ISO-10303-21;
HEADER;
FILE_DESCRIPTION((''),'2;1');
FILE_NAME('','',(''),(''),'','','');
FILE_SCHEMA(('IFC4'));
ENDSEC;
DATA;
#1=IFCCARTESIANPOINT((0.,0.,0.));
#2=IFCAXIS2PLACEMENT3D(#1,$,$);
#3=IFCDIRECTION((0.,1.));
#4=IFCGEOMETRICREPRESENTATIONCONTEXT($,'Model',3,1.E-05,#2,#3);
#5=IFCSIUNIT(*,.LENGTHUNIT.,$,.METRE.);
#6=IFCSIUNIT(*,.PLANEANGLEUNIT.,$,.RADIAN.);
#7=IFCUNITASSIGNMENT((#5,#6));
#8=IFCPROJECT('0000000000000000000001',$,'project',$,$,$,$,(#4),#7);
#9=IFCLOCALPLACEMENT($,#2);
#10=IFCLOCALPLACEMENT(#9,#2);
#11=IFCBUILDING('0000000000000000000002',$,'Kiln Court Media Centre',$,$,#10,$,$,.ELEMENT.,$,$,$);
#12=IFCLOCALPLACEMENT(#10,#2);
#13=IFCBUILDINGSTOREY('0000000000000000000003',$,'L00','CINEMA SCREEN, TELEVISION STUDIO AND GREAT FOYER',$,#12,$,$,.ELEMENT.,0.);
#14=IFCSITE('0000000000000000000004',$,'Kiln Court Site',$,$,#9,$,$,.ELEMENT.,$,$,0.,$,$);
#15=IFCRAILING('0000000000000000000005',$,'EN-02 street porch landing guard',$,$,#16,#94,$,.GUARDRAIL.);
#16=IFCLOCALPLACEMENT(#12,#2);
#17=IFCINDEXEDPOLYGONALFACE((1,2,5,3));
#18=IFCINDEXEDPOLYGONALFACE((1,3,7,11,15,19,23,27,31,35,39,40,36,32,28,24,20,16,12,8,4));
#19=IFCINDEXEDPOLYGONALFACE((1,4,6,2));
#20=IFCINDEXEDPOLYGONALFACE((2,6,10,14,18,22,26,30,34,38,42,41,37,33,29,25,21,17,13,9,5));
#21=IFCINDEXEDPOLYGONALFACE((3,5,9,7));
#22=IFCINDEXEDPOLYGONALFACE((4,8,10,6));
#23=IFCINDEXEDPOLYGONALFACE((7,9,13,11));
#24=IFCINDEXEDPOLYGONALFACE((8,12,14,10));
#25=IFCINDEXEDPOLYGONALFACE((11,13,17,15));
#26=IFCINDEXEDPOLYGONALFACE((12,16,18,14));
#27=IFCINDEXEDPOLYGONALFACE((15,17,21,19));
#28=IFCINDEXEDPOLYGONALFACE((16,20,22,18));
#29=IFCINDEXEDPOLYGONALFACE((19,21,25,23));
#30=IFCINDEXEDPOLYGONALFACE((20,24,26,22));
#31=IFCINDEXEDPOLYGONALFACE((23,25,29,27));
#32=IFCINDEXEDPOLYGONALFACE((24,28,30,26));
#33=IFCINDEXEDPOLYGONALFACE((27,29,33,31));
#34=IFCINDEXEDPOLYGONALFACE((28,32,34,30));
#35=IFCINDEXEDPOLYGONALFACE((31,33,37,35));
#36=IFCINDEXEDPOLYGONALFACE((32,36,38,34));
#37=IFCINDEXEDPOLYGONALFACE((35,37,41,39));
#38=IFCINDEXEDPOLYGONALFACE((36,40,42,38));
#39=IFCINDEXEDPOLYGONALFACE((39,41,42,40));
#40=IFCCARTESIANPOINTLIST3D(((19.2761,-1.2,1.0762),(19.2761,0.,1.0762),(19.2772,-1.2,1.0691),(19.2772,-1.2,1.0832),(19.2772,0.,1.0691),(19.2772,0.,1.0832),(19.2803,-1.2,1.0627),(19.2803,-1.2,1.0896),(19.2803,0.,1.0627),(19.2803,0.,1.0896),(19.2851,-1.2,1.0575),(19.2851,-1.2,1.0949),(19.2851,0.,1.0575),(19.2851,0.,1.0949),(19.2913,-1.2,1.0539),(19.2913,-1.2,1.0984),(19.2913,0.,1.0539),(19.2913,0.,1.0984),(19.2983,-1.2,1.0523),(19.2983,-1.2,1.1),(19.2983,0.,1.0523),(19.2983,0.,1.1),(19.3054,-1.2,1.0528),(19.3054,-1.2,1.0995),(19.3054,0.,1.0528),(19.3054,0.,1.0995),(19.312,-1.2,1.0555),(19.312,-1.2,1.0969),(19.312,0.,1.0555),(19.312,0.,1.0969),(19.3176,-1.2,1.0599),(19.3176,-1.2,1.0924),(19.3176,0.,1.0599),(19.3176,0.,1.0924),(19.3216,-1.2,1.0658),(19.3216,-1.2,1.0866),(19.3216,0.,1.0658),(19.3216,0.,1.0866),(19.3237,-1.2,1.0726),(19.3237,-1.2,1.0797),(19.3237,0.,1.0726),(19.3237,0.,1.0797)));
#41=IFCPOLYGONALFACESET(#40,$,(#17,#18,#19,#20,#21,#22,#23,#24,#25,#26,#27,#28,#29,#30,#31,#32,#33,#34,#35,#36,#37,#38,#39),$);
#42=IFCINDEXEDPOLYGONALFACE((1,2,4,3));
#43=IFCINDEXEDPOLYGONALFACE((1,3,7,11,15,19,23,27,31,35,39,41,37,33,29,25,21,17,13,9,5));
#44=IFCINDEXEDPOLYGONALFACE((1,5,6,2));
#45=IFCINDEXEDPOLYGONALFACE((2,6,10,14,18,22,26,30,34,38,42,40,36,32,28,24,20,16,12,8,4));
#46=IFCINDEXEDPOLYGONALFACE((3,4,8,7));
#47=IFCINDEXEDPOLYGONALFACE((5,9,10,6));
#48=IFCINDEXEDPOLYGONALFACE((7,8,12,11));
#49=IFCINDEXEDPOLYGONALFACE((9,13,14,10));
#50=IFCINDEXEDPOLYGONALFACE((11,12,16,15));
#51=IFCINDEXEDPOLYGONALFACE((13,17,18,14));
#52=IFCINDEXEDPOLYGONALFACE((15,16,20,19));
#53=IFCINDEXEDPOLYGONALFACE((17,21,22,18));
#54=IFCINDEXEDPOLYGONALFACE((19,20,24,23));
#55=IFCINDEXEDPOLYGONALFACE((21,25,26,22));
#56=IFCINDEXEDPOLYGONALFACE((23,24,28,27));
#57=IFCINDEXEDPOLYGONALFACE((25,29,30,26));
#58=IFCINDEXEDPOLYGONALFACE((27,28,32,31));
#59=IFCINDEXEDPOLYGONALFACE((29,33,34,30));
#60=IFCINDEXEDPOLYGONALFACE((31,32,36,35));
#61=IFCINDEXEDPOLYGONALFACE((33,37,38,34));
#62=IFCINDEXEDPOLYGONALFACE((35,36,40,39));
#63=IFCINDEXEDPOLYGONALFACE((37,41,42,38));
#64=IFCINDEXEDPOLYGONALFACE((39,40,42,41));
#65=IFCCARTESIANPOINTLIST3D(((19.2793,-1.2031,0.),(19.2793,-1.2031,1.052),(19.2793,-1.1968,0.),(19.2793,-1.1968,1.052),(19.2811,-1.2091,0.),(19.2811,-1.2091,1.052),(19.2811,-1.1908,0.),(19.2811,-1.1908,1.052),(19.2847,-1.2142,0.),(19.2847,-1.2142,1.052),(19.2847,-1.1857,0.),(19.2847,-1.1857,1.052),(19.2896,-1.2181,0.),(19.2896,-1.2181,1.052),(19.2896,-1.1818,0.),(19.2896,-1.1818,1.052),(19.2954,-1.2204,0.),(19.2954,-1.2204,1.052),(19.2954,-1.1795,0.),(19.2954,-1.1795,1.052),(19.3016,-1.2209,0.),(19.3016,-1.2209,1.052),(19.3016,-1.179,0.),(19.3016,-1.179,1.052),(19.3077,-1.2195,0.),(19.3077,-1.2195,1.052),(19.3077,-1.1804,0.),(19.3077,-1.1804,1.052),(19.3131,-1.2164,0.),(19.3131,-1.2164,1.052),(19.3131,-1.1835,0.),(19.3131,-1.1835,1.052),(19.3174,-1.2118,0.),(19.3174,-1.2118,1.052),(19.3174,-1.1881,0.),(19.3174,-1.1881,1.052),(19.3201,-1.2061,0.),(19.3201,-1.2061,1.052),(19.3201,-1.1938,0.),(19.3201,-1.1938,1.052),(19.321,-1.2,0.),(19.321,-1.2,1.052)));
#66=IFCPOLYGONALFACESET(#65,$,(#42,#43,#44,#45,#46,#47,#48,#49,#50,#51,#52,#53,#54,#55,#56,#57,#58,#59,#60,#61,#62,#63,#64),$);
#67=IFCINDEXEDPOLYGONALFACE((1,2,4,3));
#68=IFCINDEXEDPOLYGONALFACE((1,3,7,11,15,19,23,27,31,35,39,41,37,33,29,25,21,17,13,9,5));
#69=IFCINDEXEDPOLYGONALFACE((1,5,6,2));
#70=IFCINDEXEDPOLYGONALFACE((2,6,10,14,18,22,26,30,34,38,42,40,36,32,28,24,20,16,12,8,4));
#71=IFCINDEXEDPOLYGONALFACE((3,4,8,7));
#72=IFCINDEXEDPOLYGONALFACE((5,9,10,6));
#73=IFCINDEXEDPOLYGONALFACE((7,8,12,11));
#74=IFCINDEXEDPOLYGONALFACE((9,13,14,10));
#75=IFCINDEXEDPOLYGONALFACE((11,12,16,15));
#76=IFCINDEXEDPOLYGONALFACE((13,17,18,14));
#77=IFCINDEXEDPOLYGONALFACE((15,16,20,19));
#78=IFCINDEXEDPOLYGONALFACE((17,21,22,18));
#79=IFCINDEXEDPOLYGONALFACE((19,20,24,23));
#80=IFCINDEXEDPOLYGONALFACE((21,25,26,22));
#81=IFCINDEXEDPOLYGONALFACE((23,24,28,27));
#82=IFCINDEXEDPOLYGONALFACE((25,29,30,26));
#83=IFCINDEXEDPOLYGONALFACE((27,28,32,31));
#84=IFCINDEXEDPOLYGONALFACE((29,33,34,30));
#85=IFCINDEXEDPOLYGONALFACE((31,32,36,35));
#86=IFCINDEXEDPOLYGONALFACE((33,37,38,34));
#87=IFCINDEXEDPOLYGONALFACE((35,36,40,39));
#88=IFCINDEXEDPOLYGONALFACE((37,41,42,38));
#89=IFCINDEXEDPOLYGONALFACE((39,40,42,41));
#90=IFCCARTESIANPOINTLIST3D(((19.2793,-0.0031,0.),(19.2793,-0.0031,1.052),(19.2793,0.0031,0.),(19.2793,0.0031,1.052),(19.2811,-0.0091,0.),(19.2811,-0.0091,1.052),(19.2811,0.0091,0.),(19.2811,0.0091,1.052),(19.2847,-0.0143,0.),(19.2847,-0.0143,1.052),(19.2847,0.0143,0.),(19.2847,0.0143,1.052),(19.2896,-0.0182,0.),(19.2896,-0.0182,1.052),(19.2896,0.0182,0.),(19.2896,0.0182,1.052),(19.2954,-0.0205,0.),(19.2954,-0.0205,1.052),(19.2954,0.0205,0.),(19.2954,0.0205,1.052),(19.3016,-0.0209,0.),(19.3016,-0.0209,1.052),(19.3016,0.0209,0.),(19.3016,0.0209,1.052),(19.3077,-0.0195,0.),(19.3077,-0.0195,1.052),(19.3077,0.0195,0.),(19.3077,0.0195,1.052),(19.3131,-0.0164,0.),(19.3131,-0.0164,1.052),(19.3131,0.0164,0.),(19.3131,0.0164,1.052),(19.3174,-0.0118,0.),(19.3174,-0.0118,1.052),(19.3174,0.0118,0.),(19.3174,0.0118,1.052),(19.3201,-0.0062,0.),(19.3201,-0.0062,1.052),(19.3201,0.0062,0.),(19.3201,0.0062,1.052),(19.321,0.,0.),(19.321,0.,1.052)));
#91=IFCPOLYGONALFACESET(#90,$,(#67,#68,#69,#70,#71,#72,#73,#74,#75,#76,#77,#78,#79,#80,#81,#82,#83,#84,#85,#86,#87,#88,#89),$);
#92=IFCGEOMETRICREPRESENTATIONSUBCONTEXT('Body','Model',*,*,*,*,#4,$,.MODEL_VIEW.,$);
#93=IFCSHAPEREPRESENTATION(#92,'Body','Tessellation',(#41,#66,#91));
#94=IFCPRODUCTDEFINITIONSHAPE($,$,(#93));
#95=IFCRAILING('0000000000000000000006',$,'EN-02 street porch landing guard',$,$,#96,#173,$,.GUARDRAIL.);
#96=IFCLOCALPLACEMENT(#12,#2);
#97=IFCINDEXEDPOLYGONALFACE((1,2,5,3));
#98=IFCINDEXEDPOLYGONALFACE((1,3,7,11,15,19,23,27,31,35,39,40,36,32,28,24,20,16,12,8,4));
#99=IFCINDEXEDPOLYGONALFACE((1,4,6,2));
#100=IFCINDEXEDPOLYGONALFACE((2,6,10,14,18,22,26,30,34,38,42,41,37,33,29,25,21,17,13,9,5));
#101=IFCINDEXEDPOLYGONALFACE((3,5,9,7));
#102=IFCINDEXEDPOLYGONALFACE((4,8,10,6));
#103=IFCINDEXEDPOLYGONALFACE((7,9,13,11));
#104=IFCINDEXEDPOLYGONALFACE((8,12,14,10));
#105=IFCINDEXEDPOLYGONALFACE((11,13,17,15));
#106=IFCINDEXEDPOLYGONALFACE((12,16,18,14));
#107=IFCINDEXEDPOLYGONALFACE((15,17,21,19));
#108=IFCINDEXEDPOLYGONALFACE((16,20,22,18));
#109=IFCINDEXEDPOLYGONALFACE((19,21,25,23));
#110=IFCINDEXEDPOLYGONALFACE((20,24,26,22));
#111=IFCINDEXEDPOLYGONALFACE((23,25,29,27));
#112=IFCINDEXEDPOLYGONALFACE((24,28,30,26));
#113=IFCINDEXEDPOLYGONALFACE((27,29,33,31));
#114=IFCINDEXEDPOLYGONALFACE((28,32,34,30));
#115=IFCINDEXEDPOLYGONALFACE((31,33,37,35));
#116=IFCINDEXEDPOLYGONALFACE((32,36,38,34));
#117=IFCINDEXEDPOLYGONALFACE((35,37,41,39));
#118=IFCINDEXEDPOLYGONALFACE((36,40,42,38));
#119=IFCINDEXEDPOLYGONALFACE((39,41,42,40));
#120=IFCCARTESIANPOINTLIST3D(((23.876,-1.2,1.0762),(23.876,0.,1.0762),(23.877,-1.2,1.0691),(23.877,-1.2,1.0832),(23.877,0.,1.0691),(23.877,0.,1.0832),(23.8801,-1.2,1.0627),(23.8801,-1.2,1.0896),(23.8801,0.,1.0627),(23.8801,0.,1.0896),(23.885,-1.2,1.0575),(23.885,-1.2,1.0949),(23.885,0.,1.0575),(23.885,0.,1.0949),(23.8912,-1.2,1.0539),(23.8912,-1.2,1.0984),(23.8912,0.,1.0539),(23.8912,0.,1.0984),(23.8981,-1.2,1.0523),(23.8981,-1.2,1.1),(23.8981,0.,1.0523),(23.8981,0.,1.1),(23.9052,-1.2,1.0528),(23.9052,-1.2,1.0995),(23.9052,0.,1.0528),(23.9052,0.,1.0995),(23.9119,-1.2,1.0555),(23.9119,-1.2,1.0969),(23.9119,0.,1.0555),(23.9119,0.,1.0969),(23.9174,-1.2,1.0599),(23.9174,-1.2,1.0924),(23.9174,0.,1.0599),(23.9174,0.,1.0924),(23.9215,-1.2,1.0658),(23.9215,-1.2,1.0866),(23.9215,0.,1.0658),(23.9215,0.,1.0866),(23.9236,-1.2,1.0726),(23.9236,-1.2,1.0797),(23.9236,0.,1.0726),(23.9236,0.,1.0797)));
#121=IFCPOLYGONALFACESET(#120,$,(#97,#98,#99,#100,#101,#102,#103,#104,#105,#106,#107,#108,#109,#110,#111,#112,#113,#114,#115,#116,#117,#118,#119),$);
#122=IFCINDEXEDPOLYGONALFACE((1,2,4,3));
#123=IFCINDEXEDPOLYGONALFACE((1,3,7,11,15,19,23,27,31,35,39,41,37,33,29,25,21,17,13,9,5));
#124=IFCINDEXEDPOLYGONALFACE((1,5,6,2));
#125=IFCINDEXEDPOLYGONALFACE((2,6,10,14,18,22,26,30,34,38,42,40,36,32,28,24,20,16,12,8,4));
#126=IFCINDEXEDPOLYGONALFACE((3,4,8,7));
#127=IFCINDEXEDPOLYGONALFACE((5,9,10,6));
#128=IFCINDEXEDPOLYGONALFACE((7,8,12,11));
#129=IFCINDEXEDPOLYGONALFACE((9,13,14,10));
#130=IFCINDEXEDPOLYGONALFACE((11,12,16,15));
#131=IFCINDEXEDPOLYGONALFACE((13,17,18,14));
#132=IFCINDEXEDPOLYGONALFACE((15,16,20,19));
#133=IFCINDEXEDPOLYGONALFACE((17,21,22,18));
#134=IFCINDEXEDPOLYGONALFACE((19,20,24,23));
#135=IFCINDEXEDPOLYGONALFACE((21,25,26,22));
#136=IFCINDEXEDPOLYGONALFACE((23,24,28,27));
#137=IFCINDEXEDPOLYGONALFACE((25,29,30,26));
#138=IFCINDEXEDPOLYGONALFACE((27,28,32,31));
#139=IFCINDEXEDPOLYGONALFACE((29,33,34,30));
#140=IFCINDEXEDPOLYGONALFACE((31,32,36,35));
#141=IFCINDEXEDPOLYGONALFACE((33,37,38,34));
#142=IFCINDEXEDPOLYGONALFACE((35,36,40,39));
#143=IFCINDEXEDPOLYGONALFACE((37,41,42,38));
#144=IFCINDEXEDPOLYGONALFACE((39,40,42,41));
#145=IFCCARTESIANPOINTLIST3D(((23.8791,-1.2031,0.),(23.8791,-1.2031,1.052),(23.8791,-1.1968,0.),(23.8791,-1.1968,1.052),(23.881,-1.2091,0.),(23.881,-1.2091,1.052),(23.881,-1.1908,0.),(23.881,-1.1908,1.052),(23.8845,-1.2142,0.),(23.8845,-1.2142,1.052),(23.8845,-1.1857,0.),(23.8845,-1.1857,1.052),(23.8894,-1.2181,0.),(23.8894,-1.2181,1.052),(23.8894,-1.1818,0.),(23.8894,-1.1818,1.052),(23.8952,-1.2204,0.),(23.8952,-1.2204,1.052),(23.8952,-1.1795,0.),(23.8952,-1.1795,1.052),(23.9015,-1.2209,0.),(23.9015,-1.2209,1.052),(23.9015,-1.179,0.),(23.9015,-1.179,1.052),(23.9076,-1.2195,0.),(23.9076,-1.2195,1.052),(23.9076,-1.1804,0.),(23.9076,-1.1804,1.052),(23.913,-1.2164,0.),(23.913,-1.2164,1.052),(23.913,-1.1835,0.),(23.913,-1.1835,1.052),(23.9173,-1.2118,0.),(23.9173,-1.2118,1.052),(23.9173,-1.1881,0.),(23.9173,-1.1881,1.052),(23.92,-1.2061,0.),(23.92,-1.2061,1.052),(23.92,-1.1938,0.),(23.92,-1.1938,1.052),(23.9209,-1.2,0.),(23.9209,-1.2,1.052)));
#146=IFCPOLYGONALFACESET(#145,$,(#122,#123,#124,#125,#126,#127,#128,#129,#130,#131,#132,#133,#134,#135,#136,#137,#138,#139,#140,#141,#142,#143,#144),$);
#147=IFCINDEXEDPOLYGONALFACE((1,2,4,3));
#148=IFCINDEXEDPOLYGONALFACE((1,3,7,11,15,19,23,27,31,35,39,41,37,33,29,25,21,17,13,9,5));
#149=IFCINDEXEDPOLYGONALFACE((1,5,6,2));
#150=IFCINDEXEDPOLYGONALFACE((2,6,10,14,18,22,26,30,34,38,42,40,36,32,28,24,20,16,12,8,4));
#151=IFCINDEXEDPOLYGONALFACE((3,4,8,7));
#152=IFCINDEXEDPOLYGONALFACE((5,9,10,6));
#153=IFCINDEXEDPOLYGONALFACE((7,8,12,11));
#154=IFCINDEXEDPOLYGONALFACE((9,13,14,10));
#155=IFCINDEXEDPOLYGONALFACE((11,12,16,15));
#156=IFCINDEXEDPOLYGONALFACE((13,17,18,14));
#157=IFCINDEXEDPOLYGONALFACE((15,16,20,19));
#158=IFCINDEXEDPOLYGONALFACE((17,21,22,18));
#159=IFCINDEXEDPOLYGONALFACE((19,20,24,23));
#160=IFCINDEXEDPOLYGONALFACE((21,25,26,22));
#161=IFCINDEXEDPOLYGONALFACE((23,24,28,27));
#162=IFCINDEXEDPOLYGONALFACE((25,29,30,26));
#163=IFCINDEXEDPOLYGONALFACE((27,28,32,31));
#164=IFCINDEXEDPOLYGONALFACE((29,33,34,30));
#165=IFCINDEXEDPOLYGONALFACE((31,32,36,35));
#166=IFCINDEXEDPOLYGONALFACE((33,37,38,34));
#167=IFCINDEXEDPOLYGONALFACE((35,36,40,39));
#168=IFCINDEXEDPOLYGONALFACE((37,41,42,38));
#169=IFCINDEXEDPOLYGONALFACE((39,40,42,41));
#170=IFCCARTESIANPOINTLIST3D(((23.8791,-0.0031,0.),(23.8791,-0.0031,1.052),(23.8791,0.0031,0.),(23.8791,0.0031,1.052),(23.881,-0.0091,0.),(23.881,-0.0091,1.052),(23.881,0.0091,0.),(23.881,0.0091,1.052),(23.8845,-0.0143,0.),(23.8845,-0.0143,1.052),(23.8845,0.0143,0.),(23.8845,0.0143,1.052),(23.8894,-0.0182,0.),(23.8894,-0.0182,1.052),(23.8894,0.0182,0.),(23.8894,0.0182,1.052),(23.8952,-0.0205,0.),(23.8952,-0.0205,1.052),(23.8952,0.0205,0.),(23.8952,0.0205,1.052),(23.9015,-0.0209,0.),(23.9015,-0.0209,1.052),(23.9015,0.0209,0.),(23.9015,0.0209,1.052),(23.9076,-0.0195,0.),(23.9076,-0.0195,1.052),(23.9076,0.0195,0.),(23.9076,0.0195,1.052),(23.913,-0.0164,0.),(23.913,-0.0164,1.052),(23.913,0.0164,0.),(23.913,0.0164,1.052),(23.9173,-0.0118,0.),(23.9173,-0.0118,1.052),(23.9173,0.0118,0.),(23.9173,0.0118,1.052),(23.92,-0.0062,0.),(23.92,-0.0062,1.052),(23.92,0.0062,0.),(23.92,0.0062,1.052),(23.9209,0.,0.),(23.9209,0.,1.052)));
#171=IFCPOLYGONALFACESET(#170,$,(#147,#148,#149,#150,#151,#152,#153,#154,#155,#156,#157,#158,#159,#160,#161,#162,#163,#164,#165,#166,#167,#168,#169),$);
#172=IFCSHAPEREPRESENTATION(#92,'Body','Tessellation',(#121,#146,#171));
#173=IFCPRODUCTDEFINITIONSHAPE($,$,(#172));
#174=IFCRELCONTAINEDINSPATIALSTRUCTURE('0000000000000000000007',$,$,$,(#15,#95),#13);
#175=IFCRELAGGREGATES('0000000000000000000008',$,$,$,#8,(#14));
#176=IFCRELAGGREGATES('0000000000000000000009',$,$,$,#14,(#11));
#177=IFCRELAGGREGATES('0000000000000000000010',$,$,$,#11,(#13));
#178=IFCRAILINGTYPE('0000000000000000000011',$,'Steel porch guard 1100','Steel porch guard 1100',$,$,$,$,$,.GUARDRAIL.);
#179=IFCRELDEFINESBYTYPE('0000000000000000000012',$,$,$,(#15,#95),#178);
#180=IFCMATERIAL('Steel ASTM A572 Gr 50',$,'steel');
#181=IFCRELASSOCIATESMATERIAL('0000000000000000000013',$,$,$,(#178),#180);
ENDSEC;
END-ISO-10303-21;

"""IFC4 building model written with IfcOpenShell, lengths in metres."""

from ifc_helpers import new_model, si_unit, direction, frame, origin, origin_2d, place, context, subcontext, project, spatial, circle, extrude, material, type_object, element, save


model = new_model("IFC4")

# Units and contexts
model_context = context("Model", 3, precision=1e-05, world=origin(), true_north=direction((0.0, 1.0)))
body_context = subcontext(model_context, "Body", "Model", "MODEL_VIEW")
ifc_project = project(units=[si_unit("LENGTHUNIT", "METRE"), si_unit("PLANEANGLEUNIT", "RADIAN")], contexts=[model_context])

# Site, building, storey
site_placement = place(None, origin())
site = spatial("IfcSite", under=ifc_project, at=site_placement, Name="Kiln Court Site", CompositionType="ELEMENT", RefElevation=0.0)
building_placement = place(site_placement, origin())
building = spatial("IfcBuilding", under=site, at=building_placement, Name="Kiln Court Media Centre", CompositionType="ELEMENT")
storey_placement = place(building_placement, origin())
storey = spatial("IfcBuildingStorey", under=building, at=storey_placement, Name="L00", Description="CINEMA SCREEN, TELEVISION STUDIO AND GREAT FOYER", CompositionType="ELEMENT", Elevation=0.0)

# Railings
ifc_material_1 = material(Name="Steel ASTM A572 Gr 50", Category="steel")
railing_type_1 = type_object("IfcRailingType", Name="Steel porch guard 1100", Description="Steel porch guard 1100", PredefinedType="GUARDRAIL", material=ifc_material_1)
for number, where, name in (
    (1, (19.3, -1.2, 0.0), "EN-02 street porch landing guard"),
    (2, (23.8999, -1.2, 0.0), "EN-02 street porch landing guard"),
):
    element("IfcRailing", number, at=place(storey_placement, frame(where)), inside=storey, type_object=railing_type_1, Name=name, PredefinedType="GUARDRAIL", context=body_context, shape_type="SweptSolid", body=[
        extrude(circle(Radius=0.0239, at=origin_2d()), frame((0.0, 0.0, 1.0762), z_axis=(0.0, 1.0, 0.0), x_axis=(-1.0, 0.0, 0.0)), (0.0, 0.0, 1.0), 1.2),
        extrude(circle(Radius=0.021, at=origin_2d()), origin(), (0.0, 0.0, 1.0), 1.052),
        extrude(circle(Radius=0.021, at=origin_2d()), frame((0.0, 1.2, 0.0)), (0.0, 0.0, 1.0), 1.052),
    ])

save(model, "model.ifc")
